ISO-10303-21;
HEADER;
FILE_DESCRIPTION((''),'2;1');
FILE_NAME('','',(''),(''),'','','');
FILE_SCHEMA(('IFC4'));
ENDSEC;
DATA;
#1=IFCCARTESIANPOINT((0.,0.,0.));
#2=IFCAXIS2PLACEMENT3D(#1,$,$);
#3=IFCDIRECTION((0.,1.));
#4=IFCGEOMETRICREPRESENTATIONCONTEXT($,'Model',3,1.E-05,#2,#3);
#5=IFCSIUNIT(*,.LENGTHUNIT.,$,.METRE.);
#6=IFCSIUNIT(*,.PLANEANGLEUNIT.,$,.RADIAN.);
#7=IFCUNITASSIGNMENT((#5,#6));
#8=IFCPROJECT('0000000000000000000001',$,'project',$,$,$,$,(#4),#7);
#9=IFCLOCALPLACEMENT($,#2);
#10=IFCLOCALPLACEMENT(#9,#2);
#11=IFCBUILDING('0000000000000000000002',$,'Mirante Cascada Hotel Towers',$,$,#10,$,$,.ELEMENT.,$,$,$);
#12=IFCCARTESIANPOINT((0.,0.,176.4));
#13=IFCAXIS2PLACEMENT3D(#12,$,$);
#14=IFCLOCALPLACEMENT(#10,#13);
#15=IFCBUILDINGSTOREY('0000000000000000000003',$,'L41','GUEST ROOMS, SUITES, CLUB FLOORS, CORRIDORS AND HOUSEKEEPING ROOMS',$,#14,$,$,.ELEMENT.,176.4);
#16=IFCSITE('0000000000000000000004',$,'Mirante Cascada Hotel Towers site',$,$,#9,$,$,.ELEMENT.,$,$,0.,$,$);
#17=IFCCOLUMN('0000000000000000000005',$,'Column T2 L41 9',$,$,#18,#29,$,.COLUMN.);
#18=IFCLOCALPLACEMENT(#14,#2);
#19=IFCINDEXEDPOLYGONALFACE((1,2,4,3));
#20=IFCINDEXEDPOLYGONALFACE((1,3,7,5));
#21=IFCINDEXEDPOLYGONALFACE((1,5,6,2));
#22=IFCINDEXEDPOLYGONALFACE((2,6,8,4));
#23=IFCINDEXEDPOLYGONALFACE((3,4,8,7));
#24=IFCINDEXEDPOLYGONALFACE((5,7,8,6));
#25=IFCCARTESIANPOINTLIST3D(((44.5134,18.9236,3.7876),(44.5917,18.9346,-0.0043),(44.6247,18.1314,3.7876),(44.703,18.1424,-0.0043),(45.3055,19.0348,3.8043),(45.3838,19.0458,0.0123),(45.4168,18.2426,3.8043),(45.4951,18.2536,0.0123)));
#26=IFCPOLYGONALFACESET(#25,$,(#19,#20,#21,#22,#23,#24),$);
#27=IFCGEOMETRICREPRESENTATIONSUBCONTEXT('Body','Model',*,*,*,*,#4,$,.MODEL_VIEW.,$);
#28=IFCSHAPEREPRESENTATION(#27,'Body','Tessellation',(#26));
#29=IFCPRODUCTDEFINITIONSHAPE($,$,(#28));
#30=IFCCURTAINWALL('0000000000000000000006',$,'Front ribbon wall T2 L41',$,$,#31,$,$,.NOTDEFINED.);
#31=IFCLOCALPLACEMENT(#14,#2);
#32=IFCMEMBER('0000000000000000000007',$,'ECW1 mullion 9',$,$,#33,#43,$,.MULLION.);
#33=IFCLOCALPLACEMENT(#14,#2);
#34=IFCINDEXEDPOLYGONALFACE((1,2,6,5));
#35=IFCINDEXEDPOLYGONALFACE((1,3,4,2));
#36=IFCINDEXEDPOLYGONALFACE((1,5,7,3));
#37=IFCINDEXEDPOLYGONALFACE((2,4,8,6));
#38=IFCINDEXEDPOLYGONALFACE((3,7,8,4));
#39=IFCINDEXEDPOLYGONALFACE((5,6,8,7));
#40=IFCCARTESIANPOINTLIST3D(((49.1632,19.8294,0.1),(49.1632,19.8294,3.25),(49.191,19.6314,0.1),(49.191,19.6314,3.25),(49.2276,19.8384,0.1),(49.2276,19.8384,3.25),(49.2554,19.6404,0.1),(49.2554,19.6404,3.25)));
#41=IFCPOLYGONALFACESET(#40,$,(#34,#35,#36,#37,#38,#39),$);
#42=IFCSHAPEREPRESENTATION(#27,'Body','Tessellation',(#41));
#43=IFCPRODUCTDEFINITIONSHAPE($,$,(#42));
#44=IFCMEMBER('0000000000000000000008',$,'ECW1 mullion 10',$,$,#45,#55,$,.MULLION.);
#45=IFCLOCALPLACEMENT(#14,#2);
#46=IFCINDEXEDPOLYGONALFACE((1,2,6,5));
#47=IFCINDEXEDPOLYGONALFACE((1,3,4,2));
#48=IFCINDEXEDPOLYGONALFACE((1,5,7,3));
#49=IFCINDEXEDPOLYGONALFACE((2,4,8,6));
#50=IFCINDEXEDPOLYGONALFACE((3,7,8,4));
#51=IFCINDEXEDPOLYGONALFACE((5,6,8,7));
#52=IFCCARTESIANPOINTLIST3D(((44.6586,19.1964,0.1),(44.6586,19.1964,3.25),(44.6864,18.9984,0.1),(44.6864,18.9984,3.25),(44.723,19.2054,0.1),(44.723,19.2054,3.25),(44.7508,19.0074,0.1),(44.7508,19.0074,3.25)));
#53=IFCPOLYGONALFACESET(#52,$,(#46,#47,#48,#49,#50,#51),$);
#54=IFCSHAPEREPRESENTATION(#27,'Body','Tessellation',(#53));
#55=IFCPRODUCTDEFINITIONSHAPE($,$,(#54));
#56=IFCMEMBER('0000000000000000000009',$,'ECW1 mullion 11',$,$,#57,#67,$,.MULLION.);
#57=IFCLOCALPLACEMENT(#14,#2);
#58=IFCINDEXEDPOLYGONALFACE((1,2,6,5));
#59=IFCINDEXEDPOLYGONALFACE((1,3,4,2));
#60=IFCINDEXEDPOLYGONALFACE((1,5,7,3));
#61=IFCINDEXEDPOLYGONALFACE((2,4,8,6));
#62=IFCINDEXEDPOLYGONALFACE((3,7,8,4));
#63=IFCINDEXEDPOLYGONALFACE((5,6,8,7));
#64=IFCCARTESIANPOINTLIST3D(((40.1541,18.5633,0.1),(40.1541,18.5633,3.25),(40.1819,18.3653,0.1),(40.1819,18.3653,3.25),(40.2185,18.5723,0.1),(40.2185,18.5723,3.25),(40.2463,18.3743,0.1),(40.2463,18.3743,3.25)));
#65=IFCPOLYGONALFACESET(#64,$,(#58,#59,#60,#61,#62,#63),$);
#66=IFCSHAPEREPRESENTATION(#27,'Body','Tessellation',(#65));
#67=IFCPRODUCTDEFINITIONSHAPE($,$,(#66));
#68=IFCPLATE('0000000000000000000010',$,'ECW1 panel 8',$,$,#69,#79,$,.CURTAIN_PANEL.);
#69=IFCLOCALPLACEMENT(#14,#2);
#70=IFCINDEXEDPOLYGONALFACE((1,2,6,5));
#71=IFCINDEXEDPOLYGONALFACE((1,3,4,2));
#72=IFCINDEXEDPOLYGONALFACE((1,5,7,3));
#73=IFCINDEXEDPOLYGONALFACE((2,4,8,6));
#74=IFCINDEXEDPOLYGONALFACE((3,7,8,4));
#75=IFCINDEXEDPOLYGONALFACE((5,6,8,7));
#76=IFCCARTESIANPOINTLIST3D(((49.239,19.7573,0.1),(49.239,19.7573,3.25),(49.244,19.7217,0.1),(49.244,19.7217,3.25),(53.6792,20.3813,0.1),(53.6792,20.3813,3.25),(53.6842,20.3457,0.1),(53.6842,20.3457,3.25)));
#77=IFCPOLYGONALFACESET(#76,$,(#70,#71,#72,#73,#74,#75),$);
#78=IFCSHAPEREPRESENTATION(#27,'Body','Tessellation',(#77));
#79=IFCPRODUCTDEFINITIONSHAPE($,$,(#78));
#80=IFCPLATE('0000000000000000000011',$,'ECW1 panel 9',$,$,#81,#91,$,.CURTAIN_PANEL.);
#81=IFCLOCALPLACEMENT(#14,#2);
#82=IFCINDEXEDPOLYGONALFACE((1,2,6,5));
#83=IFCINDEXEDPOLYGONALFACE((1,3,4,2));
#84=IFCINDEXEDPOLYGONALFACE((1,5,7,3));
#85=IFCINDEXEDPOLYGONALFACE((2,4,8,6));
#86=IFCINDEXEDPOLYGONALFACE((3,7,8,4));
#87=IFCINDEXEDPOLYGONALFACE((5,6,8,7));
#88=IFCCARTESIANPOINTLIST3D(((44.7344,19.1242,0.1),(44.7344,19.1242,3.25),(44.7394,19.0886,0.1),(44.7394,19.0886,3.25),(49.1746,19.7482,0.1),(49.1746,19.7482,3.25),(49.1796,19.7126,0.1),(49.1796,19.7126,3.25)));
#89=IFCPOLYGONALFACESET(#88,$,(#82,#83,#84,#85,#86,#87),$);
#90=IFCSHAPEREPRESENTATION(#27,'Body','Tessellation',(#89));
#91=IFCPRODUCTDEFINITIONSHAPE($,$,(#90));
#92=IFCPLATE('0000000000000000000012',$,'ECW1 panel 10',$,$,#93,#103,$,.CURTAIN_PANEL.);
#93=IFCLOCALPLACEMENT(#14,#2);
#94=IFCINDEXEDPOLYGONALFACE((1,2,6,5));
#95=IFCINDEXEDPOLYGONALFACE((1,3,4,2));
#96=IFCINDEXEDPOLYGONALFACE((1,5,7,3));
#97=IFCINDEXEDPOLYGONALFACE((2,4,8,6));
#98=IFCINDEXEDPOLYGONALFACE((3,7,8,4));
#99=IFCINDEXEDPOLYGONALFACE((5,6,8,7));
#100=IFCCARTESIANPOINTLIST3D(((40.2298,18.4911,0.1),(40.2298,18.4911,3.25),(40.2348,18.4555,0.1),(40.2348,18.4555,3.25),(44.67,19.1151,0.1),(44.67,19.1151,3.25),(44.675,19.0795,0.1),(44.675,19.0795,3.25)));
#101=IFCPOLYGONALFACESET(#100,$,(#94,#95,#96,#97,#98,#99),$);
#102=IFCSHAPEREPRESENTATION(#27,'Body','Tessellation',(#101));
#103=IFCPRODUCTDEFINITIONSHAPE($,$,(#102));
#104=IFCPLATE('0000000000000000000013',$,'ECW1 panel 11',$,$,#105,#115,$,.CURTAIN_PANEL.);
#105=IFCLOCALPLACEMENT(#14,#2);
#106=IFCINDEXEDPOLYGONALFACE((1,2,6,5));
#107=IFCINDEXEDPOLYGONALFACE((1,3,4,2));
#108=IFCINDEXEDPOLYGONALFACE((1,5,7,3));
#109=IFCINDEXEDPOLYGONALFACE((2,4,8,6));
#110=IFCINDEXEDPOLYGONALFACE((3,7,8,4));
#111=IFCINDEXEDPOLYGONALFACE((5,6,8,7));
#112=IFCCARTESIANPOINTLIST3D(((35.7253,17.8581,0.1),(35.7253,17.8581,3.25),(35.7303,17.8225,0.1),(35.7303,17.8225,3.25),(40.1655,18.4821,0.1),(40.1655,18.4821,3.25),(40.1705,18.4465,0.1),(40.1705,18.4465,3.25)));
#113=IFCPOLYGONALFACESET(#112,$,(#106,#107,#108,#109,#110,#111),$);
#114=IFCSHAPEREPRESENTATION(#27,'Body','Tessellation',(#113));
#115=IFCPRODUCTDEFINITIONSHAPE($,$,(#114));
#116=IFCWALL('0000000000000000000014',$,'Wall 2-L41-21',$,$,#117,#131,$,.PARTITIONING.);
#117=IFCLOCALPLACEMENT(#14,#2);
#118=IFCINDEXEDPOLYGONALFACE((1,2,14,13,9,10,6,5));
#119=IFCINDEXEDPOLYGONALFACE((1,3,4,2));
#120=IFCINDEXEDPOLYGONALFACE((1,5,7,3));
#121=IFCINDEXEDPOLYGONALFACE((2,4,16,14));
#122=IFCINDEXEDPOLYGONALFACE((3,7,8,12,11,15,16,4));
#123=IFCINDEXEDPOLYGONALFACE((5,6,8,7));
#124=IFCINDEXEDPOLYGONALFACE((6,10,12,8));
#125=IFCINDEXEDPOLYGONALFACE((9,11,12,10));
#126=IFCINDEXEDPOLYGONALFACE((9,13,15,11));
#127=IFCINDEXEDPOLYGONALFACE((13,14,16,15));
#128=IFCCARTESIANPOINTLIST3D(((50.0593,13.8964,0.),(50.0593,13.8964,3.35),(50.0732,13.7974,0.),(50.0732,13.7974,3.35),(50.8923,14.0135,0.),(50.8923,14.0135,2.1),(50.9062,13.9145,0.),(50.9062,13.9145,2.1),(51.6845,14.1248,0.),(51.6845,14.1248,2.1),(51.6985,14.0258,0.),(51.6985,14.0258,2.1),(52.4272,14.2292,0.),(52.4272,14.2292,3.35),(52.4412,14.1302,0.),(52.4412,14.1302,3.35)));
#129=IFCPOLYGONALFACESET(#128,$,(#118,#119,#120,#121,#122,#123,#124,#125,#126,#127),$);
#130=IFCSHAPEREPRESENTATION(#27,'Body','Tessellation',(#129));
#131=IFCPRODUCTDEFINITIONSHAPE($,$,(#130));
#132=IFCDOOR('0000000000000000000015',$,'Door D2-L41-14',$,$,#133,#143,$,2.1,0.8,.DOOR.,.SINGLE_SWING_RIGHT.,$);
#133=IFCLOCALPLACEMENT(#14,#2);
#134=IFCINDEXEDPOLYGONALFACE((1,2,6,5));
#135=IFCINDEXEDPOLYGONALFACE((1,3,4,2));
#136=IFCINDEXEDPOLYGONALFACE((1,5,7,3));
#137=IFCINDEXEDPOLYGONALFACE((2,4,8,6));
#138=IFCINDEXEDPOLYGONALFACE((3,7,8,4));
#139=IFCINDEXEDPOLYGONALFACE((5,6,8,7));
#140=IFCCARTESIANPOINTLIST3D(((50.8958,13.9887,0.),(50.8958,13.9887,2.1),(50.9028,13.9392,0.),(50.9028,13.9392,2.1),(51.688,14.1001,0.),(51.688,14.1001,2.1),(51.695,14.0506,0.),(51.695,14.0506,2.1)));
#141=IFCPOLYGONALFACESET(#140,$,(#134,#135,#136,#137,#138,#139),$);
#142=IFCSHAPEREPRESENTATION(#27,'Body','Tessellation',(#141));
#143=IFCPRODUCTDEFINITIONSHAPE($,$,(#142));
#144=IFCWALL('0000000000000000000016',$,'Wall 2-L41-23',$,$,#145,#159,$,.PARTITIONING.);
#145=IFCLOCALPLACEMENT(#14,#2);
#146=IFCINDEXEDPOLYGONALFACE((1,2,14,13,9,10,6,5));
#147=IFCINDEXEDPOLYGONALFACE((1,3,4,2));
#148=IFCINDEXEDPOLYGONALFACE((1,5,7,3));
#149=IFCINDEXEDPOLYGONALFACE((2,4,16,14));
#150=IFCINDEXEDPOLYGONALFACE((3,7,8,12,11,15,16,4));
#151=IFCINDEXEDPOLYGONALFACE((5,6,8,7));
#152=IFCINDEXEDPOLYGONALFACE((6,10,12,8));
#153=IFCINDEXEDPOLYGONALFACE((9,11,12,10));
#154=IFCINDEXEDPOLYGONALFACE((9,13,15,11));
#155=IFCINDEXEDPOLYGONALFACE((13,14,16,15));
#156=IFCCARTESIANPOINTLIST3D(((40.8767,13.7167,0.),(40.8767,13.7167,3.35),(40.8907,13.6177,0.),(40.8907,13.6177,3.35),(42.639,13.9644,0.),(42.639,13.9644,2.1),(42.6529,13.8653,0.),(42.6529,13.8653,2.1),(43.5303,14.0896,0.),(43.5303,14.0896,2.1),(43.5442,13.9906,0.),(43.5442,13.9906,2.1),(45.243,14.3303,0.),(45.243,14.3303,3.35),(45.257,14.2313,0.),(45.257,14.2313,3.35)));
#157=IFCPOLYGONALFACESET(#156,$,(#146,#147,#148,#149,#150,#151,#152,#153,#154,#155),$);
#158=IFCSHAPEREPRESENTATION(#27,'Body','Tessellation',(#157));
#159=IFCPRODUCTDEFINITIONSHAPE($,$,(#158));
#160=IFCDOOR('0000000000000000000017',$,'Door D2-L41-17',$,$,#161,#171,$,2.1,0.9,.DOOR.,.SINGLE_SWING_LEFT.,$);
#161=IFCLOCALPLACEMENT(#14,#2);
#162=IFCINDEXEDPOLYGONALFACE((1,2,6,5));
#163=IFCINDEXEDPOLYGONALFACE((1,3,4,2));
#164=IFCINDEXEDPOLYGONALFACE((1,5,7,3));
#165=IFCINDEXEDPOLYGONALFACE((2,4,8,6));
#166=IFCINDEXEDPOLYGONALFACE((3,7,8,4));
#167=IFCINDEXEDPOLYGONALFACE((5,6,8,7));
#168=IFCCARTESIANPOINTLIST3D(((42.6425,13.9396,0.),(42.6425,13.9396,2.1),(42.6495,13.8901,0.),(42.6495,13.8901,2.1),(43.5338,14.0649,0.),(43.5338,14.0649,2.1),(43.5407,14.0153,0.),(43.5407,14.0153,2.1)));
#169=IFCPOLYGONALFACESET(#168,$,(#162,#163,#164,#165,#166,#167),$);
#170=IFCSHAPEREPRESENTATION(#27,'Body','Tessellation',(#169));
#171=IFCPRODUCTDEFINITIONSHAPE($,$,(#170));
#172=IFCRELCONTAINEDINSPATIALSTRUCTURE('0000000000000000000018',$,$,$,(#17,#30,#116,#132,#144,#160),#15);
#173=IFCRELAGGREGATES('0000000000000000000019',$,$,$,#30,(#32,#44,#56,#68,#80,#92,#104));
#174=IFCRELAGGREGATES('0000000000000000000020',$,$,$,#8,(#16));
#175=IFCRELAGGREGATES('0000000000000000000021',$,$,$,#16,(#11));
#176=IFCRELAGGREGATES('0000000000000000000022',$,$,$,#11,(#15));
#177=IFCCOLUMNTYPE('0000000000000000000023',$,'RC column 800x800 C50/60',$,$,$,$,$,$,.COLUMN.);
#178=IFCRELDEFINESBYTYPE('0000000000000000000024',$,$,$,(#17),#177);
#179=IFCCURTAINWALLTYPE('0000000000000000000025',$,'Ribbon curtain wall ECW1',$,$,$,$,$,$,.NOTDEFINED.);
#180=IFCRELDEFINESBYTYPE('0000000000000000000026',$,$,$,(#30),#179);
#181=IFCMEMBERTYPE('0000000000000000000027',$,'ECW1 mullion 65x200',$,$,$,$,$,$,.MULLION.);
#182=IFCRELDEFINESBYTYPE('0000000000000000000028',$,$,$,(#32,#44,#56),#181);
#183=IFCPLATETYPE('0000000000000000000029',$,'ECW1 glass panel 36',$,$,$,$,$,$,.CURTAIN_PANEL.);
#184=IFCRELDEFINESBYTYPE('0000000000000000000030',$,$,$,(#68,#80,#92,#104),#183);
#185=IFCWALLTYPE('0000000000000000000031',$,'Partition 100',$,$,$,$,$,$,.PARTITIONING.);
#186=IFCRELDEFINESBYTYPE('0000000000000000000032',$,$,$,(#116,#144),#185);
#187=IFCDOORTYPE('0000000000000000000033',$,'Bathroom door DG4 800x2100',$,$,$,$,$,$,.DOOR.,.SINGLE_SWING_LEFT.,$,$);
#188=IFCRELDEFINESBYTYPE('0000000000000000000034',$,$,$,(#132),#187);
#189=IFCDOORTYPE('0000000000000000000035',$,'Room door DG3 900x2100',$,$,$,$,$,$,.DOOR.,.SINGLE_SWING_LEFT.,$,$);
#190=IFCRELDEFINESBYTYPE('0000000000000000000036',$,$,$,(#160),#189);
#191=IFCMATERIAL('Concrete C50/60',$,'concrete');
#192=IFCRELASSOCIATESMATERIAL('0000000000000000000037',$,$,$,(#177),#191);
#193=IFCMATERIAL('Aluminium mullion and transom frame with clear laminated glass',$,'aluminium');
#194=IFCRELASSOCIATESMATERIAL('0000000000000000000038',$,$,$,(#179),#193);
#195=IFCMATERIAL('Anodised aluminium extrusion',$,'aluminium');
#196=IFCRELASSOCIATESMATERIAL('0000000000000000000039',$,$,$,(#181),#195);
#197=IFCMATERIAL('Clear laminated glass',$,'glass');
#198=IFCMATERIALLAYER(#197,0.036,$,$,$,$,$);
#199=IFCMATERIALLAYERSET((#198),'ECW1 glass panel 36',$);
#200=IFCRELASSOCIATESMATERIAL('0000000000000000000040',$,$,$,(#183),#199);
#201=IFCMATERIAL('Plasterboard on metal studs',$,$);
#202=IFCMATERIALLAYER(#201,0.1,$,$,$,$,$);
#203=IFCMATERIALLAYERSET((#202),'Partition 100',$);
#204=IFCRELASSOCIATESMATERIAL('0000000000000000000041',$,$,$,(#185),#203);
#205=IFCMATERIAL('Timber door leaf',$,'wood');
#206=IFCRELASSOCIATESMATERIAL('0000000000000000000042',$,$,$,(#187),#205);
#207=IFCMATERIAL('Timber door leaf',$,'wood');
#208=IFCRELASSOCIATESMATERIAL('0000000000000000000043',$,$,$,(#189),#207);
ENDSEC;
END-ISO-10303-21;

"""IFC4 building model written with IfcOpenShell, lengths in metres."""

from ifc_helpers import new_model, si_unit, direction, frame, frame_2d, origin, origin_2d, place, context, subcontext, project, spatial, rectangle, extrude, material, layer, layer_set, material_profile, profile_set, type_object, element, fill, aggregate, save


model = new_model("IFC4")

# Units and contexts
model_context = context("Model", 3, precision=1e-05, world=origin(), true_north=direction((0.0, 1.0)))
body_context = subcontext(model_context, "Body", "Model", "MODEL_VIEW")
ifc_project = project(units=[si_unit("LENGTHUNIT", "METRE"), si_unit("PLANEANGLEUNIT", "RADIAN")], contexts=[model_context])

# Site, building, storey
site_placement = place(None, origin())
site = spatial("IfcSite", under=ifc_project, at=site_placement, Name="Mirante Cascada Hotel Towers site", CompositionType="ELEMENT", RefElevation=0.0)
building_placement = place(site_placement, origin())
building = spatial("IfcBuilding", under=site, at=building_placement, Name="Mirante Cascada Hotel Towers", CompositionType="ELEMENT")
storey_placement = place(building_placement, frame((0.0, 0.0, 176.4)))
storey = spatial("IfcBuildingStorey", under=building, at=storey_placement, Name="L41", Description="GUEST ROOMS, SUITES, CLUB FLOORS, CORRIDORS AND HOUSEKEEPING ROOMS", CompositionType="ELEMENT", Elevation=176.4)

# Column
ifc_material_1 = material(Name="Concrete C50/60", Category="concrete")
ifc_material_profile_1 = material_profile(ifc_material_1, rectangle(XDim=0.8, YDim=0.8, at=origin_2d()), Name="RC column 800x800 C50/60")
ifc_profile_set_1 = profile_set([ifc_material_profile_1], Name="Concrete C50/60")
column_type = type_object("IfcColumnType", Name="RC column 800x800 C50/60", PredefinedType="COLUMN", material=ifc_profile_set_1)
column_placement = place(storey_placement, frame((45.0434, 18.5941, 0.004), z_axis=(-0.020644, -0.0029, 0.999783), x_axis=(0.139119, -0.990276, 0.0)))
element("IfcColumn", 1, at=column_placement, inside=storey, type_object=column_type, Name="Column T2 L41 9", PredefinedType="COLUMN", context=body_context, shape_type="SweptSolid", body=[
    extrude(rectangle(XDim=0.8, YDim=0.8, at=origin_2d()), origin(), (0.0, 0.0, 1.0), 3.7928),
])

# Curtain wall, members, plates
ifc_material_2 = material(Name="Aluminium mullion and transom frame with clear laminated glass", Category="aluminium")
curtain_wall_type = type_object("IfcCurtainWallType", Name="Ribbon curtain wall ECW1", PredefinedType="NOTDEFINED", material=ifc_material_2)
curtain_wall_placement = place(storey_placement, origin())
curtain_wall = element("IfcCurtainWall", 2, at=curtain_wall_placement, inside=storey, type_object=curtain_wall_type, Name="Front ribbon wall T2 L41", PredefinedType="NOTDEFINED")
ifc_material_3 = material(Name="Anodised aluminium extrusion", Category="aluminium")
ifc_material_profile_2 = material_profile(ifc_material_3, rectangle(XDim=0.2, YDim=0.065, at=origin_2d()), Name="ECW1 MULLION 65x200")
ifc_profile_set_2 = profile_set([ifc_material_profile_2], Name="Anodised aluminium extrusion")
member_type = type_object("IfcMemberType", Name="ECW1 mullion 65x200", PredefinedType="MULLION", material=ifc_profile_set_2)
member_1_placement = place(storey_placement, frame((49.2093, 19.7349, 0.1), z_axis=(0.0, 0.0, 1.0), x_axis=(0.139173, -0.990268, 0.0)))
member_1 = element("IfcMember", 3, at=member_1_placement, type_object=member_type, Name="ECW1 mullion 9", PredefinedType="MULLION", context=body_context, shape_type="SweptSolid", body=[
    extrude(rectangle(XDim=0.2, YDim=0.065, at=origin_2d()), origin(), (0.0, 0.0, 1.0), 3.15),
])
member_2_placement = place(storey_placement, frame((44.7047, 19.1019, 0.1), z_axis=(0.0, 0.0, 1.0), x_axis=(0.139173, -0.990268, 0.0)))
member_2 = element("IfcMember", 4, at=member_2_placement, type_object=member_type, Name="ECW1 mullion 10", PredefinedType="MULLION", context=body_context, shape_type="SweptSolid", body=[
    extrude(rectangle(XDim=0.2, YDim=0.065, at=origin_2d()), origin(), (0.0, 0.0, 1.0), 3.15),
])
member_3_placement = place(storey_placement, frame((40.2002, 18.4688, 0.1), z_axis=(0.0, 0.0, 1.0), x_axis=(0.139173, -0.990268, 0.0)))
member_3 = element("IfcMember", 5, at=member_3_placement, type_object=member_type, Name="ECW1 mullion 11", PredefinedType="MULLION", context=body_context, shape_type="SweptSolid", body=[
    extrude(rectangle(XDim=0.2, YDim=0.065, at=origin_2d()), origin(), (0.0, 0.0, 1.0), 3.15),
])
ifc_material_4 = material(Name="Clear laminated glass", Category="glass")
ifc_layer_1 = layer(ifc_material_4, 0.036)
ifc_layer_set_1 = layer_set([ifc_layer_1], Name="ECW1 glass panel 36")
plate_type = type_object("IfcPlateType", Name="ECW1 glass panel 36", PredefinedType="CURTAIN_PANEL", material=ifc_layer_set_1)
plate_1_placement = place(storey_placement, frame((51.4616, 20.0515, 0.1), z_axis=(0.0, 0.0, 1.0), x_axis=(-0.990268, -0.139173, 0.0)))
plate_1 = element("IfcPlate", 6, at=plate_1_placement, type_object=plate_type, Name="ECW1 panel 8", PredefinedType="CURTAIN_PANEL", context=body_context, shape_type="SweptSolid", body=[
    extrude(rectangle(XDim=4.4838, YDim=0.036, at=origin_2d()), origin(), (0.0, 0.0, 1.0), 3.15),
])
plate_2_placement = place(storey_placement, frame((46.957, 19.4184, 0.1), z_axis=(0.0, 0.0, 1.0), x_axis=(-0.990268, -0.139173, 0.0)))
plate_2 = element("IfcPlate", 7, at=plate_2_placement, type_object=plate_type, Name="ECW1 panel 9", PredefinedType="CURTAIN_PANEL", context=body_context, shape_type="SweptSolid", body=[
    extrude(rectangle(XDim=4.4838, YDim=0.036, at=origin_2d()), origin(), (0.0, 0.0, 1.0), 3.15),
])
plate_3_placement = place(storey_placement, frame((42.4524, 18.7853, 0.1), z_axis=(0.0, 0.0, 1.0), x_axis=(-0.990268, -0.139173, 0.0)))
plate_3 = element("IfcPlate", 8, at=plate_3_placement, type_object=plate_type, Name="ECW1 panel 10", PredefinedType="CURTAIN_PANEL", context=body_context, shape_type="SweptSolid", body=[
    extrude(rectangle(XDim=4.4838, YDim=0.036, at=origin_2d()), origin(), (0.0, 0.0, 1.0), 3.15),
])
plate_4_placement = place(storey_placement, frame((37.9479, 18.1523, 0.1), z_axis=(0.0, 0.0, 1.0), x_axis=(-0.990268, -0.139173, 0.0)))
plate_4 = element("IfcPlate", 9, at=plate_4_placement, type_object=plate_type, Name="ECW1 panel 11", PredefinedType="CURTAIN_PANEL", context=body_context, shape_type="SweptSolid", body=[
    extrude(rectangle(XDim=4.4838, YDim=0.036, at=origin_2d()), origin(), (0.0, 0.0, 1.0), 3.15),
])
aggregate(curtain_wall, [member_1, member_2, member_3, plate_1, plate_2, plate_3, plate_4])

# Walls, openings, doors
ifc_material_5 = material(Name="Plasterboard on metal studs")
ifc_layer_2 = layer(ifc_material_5, 0.1)
ifc_layer_set_2 = layer_set([ifc_layer_2], Name="Partition 100")
wall_type = type_object("IfcWallType", Name="Partition 100", PredefinedType="PARTITIONING", material=ifc_layer_set_2)
wall_1_placement = place(storey_placement, frame((52.4342, 14.1797, 0.0), z_axis=(0.0, 0.0, 1.0), x_axis=(-0.990267, -0.139179, 0.0)))
wall_1 = element("IfcWall", 10, at=wall_1_placement, inside=storey, type_object=wall_type, Name="Wall 2-L41-21", PredefinedType="PARTITIONING", context=body_context, shape_type="SweptSolid", body=[
    extrude(rectangle(XDim=2.3912, YDim=0.1, at=frame_2d((1.1956, 0.0))), origin(), (0.0, 0.0, 1.0), 3.35),
])
opening_1_placement = place(wall_1_placement, frame((0.75, 0.0, 0.0)))
opening_1 = element("IfcOpeningElement", 11, at=opening_1_placement, cuts=wall_1, PredefinedType="OPENING", context=body_context, shape_type="SweptSolid", body=[
    extrude(rectangle(XDim=0.8, YDim=2.1, at=frame_2d((0.4, 1.05))), frame((0.0, 0.05, 0.0), z_axis=(0.0, -1.0, 0.0), x_axis=(1.0, 0.0, 0.0)), (0.0, 0.0, 1.0), 0.1),
])
ifc_material_6 = material(Name="Timber door leaf", Category="wood")
door_type_1 = type_object("IfcDoorType", Name="Bathroom door DG4 800x2100", OperationType="SINGLE_SWING_LEFT", PredefinedType="DOOR", material=ifc_material_6)
door_1_placement = place(opening_1_placement, frame((0.8, 0.0, 0.0), z_axis=(0.0, 0.0, 1.0), x_axis=(-1.0, 0.0, 0.0)))
door_1 = element("IfcDoor", 12, at=door_1_placement, inside=storey, type_object=door_type_1, Name="Door D2-L41-14", OperationType="SINGLE_SWING_RIGHT", OverallHeight=2.1, OverallWidth=0.8, PredefinedType="DOOR", context=body_context, shape_type="SweptSolid", body=[
    extrude(rectangle(XDim=0.8, YDim=2.1, at=frame_2d((0.4, 1.05))), frame((0.0, 0.025, 0.0), z_axis=(0.0, -1.0, 0.0), x_axis=(1.0, 0.0, 0.0)), (0.0, 0.0, 1.0), 0.05),
])
fill(opening_1, door_1)
wall_2_placement = place(storey_placement, frame((45.25, 14.2808, 0.0), z_axis=(0.0, 0.0, 1.0), x_axis=(-0.990269, -0.139163, 0.0)))
wall_2 = element("IfcWall", 13, at=wall_2_placement, inside=storey, type_object=wall_type, Name="Wall 2-L41-23", PredefinedType="PARTITIONING", context=body_context, shape_type="SweptSolid", body=[
    extrude(rectangle(XDim=4.4092, YDim=0.1, at=frame_2d((2.2046, 0.0))), origin(), (0.0, 0.0, 1.0), 3.35),
])
opening_2_placement = place(wall_2_placement, frame((1.7296, 0.0, 0.0)))
opening_2 = element("IfcOpeningElement", 14, at=opening_2_placement, cuts=wall_2, PredefinedType="OPENING", context=body_context, shape_type="SweptSolid", body=[
    extrude(rectangle(XDim=0.9, YDim=2.1, at=frame_2d((0.45, 1.05))), frame((0.0, 0.05, 0.0), z_axis=(0.0, -1.0, 0.0), x_axis=(1.0, 0.0, 0.0)), (0.0, 0.0, 1.0), 0.1),
])
ifc_material_7 = material(Name="Timber door leaf", Category="wood")
door_type_2 = type_object("IfcDoorType", Name="Room door DG3 900x2100", OperationType="SINGLE_SWING_LEFT", PredefinedType="DOOR", material=ifc_material_7)
door_2_placement = place(opening_2_placement, origin())
door_2 = element("IfcDoor", 15, at=door_2_placement, inside=storey, type_object=door_type_2, Name="Door D2-L41-17", OperationType="SINGLE_SWING_LEFT", OverallHeight=2.1, OverallWidth=0.9, PredefinedType="DOOR", context=body_context, shape_type="SweptSolid", body=[
    extrude(rectangle(XDim=0.9, YDim=2.1, at=frame_2d((0.45, 1.05))), frame((0.0, 0.025, 0.0), z_axis=(0.0, -1.0, 0.0), x_axis=(1.0, 0.0, 0.0)), (0.0, 0.0, 1.0), 0.05),
])
fill(opening_2, door_2)

save(model, "model.ifc")
